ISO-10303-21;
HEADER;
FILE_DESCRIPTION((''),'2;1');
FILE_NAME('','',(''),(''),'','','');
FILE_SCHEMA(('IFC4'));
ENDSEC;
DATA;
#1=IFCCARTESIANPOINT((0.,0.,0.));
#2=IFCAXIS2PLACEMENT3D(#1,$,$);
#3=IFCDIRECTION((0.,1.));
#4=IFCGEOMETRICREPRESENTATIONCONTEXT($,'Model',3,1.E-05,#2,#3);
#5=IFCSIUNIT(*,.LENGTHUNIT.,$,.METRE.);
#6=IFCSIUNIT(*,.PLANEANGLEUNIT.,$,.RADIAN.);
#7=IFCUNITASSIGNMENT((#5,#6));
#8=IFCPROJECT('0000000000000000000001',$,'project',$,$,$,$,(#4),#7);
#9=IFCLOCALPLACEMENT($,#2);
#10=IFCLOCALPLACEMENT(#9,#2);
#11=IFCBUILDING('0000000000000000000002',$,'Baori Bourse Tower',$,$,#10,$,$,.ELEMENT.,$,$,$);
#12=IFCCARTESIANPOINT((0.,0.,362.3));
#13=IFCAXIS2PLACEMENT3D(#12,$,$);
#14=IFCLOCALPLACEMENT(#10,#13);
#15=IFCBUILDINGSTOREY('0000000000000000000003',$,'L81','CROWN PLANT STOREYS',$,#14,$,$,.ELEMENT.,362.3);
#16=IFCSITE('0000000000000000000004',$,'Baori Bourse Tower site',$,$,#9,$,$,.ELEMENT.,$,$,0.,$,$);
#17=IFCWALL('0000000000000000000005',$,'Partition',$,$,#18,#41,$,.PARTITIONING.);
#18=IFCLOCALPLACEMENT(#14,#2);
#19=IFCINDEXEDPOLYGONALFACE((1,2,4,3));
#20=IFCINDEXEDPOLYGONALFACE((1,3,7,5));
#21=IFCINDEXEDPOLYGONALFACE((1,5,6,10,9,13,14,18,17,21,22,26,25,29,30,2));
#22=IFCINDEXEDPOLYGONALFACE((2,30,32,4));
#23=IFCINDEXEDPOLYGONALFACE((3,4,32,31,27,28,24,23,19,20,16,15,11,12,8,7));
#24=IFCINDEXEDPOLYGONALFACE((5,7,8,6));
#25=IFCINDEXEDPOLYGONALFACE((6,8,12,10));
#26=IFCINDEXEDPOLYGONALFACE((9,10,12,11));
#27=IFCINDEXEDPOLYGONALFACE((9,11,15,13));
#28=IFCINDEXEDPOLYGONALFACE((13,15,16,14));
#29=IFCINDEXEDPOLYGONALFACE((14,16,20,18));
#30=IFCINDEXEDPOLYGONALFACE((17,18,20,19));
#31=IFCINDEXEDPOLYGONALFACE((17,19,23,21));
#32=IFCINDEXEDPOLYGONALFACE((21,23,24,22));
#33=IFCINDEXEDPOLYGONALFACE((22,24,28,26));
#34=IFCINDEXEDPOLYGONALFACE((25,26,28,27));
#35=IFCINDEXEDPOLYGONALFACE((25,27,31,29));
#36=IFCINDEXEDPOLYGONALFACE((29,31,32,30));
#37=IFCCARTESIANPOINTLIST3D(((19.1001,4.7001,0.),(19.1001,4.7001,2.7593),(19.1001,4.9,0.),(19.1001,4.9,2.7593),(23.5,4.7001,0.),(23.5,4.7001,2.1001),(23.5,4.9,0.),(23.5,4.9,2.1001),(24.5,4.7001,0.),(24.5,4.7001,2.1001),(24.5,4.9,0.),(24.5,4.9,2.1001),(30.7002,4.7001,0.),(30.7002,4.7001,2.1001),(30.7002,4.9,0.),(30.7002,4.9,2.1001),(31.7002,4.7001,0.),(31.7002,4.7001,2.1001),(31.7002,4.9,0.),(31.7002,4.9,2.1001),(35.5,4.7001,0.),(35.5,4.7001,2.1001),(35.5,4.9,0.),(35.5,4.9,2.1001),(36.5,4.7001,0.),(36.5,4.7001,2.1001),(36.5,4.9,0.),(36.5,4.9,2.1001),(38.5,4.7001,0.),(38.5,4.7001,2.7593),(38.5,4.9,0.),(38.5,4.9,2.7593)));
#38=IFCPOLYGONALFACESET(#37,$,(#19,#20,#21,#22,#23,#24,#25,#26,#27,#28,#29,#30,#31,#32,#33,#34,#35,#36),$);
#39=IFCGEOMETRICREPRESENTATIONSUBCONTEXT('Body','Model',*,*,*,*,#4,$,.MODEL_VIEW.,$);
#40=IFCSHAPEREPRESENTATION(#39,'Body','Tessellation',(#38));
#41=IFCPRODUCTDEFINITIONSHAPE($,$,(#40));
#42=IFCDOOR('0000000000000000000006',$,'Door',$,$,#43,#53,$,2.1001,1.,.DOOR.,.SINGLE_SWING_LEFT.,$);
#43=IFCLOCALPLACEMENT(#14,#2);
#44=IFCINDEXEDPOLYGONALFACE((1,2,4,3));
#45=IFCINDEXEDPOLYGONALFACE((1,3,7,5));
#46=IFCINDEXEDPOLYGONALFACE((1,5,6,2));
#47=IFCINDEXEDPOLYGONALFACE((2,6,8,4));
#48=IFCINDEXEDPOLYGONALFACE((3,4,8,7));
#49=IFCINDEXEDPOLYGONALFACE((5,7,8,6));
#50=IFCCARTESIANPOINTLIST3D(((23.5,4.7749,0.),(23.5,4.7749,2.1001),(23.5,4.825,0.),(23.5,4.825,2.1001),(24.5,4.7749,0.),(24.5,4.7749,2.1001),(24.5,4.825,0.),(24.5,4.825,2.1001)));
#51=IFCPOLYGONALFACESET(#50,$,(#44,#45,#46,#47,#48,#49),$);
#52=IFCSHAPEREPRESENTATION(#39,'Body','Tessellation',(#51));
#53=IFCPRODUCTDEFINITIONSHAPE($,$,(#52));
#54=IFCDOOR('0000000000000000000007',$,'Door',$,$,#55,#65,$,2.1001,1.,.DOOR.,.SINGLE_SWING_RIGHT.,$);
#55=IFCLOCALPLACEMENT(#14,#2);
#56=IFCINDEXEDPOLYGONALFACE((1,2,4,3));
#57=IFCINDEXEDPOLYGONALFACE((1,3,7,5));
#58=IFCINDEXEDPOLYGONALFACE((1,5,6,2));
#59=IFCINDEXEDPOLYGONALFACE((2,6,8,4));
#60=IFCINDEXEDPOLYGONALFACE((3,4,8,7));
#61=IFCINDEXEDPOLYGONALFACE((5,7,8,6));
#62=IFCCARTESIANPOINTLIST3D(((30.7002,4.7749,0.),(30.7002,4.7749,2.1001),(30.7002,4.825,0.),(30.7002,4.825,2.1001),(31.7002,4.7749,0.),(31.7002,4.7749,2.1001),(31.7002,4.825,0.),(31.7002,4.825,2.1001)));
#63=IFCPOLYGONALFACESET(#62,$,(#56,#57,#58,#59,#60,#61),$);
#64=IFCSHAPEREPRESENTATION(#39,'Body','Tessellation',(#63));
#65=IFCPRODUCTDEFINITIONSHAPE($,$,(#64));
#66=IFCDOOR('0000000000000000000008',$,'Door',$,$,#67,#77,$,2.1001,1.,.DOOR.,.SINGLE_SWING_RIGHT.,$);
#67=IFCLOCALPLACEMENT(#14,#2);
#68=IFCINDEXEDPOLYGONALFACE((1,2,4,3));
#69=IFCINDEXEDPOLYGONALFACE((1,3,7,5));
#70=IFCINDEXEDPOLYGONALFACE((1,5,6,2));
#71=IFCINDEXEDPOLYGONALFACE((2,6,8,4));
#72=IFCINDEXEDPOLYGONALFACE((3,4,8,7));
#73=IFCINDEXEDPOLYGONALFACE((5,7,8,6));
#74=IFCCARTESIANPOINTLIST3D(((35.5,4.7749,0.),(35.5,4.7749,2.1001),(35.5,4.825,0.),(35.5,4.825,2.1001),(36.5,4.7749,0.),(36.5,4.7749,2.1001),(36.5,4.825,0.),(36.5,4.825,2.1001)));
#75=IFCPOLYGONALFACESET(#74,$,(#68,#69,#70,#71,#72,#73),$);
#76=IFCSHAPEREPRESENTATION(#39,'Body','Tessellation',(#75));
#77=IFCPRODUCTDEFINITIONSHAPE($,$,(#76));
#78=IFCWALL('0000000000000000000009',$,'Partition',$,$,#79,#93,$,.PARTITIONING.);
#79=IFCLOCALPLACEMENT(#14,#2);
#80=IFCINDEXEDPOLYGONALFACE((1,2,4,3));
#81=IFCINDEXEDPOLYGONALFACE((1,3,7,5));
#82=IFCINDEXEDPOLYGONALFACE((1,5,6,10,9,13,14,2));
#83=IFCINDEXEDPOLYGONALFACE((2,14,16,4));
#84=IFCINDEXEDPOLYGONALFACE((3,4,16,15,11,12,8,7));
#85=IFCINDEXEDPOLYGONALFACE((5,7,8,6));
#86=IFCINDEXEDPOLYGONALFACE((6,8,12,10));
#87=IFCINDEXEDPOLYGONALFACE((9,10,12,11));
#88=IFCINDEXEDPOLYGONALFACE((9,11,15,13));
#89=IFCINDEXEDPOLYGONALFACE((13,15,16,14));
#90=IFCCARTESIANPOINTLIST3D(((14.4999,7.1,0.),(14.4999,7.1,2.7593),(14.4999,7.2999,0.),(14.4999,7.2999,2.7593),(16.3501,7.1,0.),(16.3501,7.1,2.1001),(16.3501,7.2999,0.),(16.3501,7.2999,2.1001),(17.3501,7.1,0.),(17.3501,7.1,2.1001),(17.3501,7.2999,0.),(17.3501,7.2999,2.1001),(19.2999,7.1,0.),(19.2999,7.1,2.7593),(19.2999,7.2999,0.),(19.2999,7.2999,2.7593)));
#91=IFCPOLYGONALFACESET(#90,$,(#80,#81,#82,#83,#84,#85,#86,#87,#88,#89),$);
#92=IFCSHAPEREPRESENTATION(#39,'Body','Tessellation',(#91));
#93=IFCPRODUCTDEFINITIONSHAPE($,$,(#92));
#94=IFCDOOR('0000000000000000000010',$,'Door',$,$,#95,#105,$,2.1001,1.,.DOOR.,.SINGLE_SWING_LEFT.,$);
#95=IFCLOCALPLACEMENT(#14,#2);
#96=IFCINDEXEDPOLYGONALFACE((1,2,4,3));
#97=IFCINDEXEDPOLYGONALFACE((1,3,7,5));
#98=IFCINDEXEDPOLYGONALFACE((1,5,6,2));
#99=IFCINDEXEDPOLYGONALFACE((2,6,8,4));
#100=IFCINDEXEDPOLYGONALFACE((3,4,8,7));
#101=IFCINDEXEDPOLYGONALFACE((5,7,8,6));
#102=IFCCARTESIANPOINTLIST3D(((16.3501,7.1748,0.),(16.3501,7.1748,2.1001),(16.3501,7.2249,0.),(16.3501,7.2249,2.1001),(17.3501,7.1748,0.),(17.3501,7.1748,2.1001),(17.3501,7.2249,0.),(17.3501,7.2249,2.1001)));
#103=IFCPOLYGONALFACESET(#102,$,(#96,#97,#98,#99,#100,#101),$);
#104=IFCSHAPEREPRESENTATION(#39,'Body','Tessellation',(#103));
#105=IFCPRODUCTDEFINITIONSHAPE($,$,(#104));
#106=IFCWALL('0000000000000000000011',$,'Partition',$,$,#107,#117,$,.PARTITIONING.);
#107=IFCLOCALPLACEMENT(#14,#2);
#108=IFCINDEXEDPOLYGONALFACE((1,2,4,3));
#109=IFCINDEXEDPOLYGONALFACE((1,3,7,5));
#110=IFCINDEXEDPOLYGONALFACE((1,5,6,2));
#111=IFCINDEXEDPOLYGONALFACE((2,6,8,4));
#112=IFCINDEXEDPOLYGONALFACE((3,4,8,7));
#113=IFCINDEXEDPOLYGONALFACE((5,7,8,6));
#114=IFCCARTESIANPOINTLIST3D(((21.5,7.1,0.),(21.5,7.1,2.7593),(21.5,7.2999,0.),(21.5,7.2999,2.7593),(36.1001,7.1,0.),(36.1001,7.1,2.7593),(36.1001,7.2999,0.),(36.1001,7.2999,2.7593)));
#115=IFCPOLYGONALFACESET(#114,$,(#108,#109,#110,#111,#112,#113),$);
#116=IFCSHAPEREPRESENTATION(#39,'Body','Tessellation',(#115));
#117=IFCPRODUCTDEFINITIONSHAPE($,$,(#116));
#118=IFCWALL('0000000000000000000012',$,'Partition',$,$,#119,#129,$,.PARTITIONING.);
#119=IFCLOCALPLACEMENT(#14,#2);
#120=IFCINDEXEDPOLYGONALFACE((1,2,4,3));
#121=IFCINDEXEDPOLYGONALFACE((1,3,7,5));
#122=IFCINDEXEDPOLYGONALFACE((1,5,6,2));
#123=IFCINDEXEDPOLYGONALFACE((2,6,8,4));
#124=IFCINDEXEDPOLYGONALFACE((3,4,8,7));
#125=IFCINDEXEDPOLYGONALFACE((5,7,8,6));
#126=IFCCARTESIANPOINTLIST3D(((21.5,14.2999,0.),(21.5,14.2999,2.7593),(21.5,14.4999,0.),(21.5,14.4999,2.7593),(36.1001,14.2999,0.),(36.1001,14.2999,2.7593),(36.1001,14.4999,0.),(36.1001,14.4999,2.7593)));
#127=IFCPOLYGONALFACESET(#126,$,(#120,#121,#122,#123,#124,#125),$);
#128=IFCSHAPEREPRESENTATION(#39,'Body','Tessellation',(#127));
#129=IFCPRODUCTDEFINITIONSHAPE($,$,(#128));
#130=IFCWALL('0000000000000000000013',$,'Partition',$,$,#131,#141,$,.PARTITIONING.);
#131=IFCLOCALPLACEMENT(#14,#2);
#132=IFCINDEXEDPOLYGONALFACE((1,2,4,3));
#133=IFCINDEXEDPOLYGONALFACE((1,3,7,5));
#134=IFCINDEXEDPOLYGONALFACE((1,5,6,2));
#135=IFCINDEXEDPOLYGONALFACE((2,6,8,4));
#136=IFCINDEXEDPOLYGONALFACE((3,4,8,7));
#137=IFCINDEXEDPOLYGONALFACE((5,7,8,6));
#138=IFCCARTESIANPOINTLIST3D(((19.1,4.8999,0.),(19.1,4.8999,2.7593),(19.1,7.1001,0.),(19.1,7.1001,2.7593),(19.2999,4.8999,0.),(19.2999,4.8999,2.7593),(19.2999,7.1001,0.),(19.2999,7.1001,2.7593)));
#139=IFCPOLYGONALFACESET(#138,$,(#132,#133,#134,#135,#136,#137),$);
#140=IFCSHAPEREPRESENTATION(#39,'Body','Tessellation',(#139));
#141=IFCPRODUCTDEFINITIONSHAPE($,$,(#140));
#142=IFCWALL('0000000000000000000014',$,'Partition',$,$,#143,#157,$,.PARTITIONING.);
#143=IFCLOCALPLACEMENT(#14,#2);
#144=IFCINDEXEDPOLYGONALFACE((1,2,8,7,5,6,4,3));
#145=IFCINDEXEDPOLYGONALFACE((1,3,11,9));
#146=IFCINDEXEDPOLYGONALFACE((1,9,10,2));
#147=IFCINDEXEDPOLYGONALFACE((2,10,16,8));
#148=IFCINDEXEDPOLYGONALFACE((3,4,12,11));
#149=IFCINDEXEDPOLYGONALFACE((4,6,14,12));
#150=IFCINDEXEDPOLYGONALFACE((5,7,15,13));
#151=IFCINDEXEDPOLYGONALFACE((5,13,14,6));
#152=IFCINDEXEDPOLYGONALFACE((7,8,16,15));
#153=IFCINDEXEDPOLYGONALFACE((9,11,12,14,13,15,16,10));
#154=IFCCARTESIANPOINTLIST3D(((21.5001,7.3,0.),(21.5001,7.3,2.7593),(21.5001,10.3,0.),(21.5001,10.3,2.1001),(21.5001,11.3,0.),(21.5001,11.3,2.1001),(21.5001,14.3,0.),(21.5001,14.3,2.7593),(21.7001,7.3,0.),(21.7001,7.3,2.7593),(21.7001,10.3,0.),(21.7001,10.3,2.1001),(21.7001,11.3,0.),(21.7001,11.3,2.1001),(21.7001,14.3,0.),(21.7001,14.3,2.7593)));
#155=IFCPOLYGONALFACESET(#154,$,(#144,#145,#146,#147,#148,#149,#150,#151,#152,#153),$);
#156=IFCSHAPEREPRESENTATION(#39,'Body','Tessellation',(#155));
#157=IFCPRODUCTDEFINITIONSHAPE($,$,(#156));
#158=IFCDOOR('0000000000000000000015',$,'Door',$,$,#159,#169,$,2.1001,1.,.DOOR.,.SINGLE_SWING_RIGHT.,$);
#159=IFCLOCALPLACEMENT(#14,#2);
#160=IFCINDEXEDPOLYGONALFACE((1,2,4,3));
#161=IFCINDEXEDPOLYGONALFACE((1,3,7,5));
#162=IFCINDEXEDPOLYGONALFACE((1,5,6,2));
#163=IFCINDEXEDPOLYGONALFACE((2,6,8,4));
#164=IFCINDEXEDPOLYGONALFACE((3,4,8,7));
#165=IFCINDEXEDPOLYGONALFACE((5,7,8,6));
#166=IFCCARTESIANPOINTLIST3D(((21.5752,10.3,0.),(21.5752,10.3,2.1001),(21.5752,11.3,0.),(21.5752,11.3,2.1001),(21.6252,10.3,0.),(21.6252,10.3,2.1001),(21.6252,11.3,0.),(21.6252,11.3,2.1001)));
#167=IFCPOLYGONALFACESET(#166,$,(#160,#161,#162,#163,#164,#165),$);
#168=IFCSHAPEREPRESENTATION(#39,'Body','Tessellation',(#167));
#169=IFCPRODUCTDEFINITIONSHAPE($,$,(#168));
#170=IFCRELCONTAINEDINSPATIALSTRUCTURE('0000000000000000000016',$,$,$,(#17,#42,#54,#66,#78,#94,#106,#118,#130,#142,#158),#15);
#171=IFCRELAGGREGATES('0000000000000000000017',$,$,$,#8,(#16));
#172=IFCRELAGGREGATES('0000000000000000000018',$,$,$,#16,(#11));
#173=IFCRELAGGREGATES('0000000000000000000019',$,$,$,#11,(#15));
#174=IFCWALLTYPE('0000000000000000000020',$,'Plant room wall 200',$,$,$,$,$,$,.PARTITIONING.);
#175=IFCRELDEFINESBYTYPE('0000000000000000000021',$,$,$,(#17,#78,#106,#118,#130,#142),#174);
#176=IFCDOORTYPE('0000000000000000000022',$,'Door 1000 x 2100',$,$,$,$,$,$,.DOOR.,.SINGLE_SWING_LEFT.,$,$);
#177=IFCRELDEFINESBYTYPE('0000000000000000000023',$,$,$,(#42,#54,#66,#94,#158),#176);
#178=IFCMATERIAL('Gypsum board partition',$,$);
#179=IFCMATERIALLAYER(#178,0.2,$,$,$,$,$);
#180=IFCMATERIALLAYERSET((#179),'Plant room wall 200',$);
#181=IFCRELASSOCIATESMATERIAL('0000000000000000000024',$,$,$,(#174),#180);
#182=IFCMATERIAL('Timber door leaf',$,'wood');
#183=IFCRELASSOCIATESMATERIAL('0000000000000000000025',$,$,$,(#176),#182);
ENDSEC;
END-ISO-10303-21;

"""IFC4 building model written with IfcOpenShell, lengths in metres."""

from ifc_helpers import new_model, si_unit, direction, frame, frame_2d, origin, place, context, subcontext, project, spatial, rectangle, extrude, material, layer, layer_set, type_object, element, fill, save


model = new_model("IFC4")

# Units and contexts
model_context = context("Model", 3, precision=1e-05, world=origin(), true_north=direction((0.0, 1.0)))
body_context = subcontext(model_context, "Body", "Model", "MODEL_VIEW")
ifc_project = project(units=[si_unit("LENGTHUNIT", "METRE"), si_unit("PLANEANGLEUNIT", "RADIAN")], contexts=[model_context])

# Site, building, storey
site_placement = place(None, origin())
site = spatial("IfcSite", under=ifc_project, at=site_placement, Name="Baori Bourse Tower site", CompositionType="ELEMENT", RefElevation=0.0)
building_placement = place(site_placement, origin())
building = spatial("IfcBuilding", under=site, at=building_placement, Name="Baori Bourse Tower", CompositionType="ELEMENT")
storey_placement = place(building_placement, frame((0.0, 0.0, 362.3)))
storey = spatial("IfcBuildingStorey", under=building, at=storey_placement, Name="L81", Description="CROWN PLANT STOREYS", CompositionType="ELEMENT", Elevation=362.3)

# Wall, openings, doors
ifc_material_1 = material(Name="Gypsum board partition")
ifc_layer_1 = layer(ifc_material_1, 0.2)
ifc_layer_set_1 = layer_set([ifc_layer_1], Name="Plant room wall 200")
wall_type_1 = type_object("IfcWallType", Name="Plant room wall 200", PredefinedType="PARTITIONING", material=ifc_layer_set_1)
wall_1_placement = place(storey_placement, frame((19.1001, 4.8, 0.0), z_axis=(0.0, 0.0, 1.0), x_axis=(1.0, 0.0, 0.0)))
wall_1 = element("IfcWall", 1, at=wall_1_placement, inside=storey, type_object=wall_type_1, Name="Partition", PredefinedType="PARTITIONING", context=body_context, shape_type="SweptSolid", body=[
    extrude(rectangle(XDim=19.3999, YDim=0.2, at=frame_2d((9.7, 0.0))), origin(), (0.0, 0.0, 1.0), 2.7593),
])
opening_1_placement = place(wall_1_placement, frame((4.3999, 0.0, 0.0)))
opening_1 = element("IfcOpeningElement", 2, at=opening_1_placement, cuts=wall_1, PredefinedType="OPENING", context=body_context, shape_type="SweptSolid", body=[
    extrude(rectangle(XDim=1.0, YDim=2.1001, at=frame_2d((0.5, 1.05))), frame((0.0, 0.1099, 0.0), z_axis=(0.0, -1.0, 0.0), x_axis=(1.0, 0.0, 0.0)), (0.0, 0.0, 1.0), 0.22),
])
opening_2_placement = place(wall_1_placement, frame((11.6001, 0.0, 0.0)))
opening_2 = element("IfcOpeningElement", 3, at=opening_2_placement, cuts=wall_1, PredefinedType="OPENING", context=body_context, shape_type="SweptSolid", body=[
    extrude(rectangle(XDim=1.0, YDim=2.1001, at=frame_2d((0.5, 1.05))), frame((0.0, 0.1099, 0.0), z_axis=(0.0, -1.0, 0.0), x_axis=(1.0, 0.0, 0.0)), (0.0, 0.0, 1.0), 0.22),
])
opening_3_placement = place(wall_1_placement, frame((16.3999, 0.0, 0.0)))
opening_3 = element("IfcOpeningElement", 4, at=opening_3_placement, cuts=wall_1, PredefinedType="OPENING", context=body_context, shape_type="SweptSolid", body=[
    extrude(rectangle(XDim=1.0, YDim=2.1001, at=frame_2d((0.5, 1.05))), frame((0.0, 0.1099, 0.0), z_axis=(0.0, -1.0, 0.0), x_axis=(1.0, 0.0, 0.0)), (0.0, 0.0, 1.0), 0.22),
])
ifc_material_2 = material(Name="Timber door leaf", Category="wood")
door_type_1 = type_object("IfcDoorType", Name="Door 1000 x 2100", OperationType="SINGLE_SWING_LEFT", PredefinedType="DOOR", material=ifc_material_2)
door_1_placement = place(opening_1_placement, origin())
door_1 = element("IfcDoor", 5, at=door_1_placement, inside=storey, type_object=door_type_1, Name="Door", OperationType="SINGLE_SWING_LEFT", OverallHeight=2.1001, OverallWidth=1.0, PredefinedType="DOOR", context=body_context, shape_type="SweptSolid", body=[
    extrude(rectangle(XDim=1.0, YDim=2.1001, at=frame_2d((0.5, 1.05))), frame((0.0, 0.0249, 0.0), z_axis=(0.0, -1.0, 0.0), x_axis=(1.0, 0.0, 0.0)), (0.0, 0.0, 1.0), 0.05),
])
fill(opening_1, door_1)
door_2_placement = place(opening_2_placement, origin())
door_2 = element("IfcDoor", 6, at=door_2_placement, inside=storey, type_object=door_type_1, Name="Door", OperationType="SINGLE_SWING_RIGHT", OverallHeight=2.1001, OverallWidth=1.0, PredefinedType="DOOR", context=body_context, shape_type="SweptSolid", body=[
    extrude(rectangle(XDim=1.0, YDim=2.1001, at=frame_2d((0.5, 1.05))), frame((0.0, 0.0249, 0.0), z_axis=(0.0, -1.0, 0.0), x_axis=(1.0, 0.0, 0.0)), (0.0, 0.0, 1.0), 0.05),
])
fill(opening_2, door_2)
door_3_placement = place(opening_3_placement, origin())
door_3 = element("IfcDoor", 7, at=door_3_placement, inside=storey, type_object=door_type_1, Name="Door", OperationType="SINGLE_SWING_RIGHT", OverallHeight=2.1001, OverallWidth=1.0, PredefinedType="DOOR", context=body_context, shape_type="SweptSolid", body=[
    extrude(rectangle(XDim=1.0, YDim=2.1001, at=frame_2d((0.5, 1.05))), frame((0.0, 0.0249, 0.0), z_axis=(0.0, -1.0, 0.0), x_axis=(1.0, 0.0, 0.0)), (0.0, 0.0, 1.0), 0.05),
])
fill(opening_3, door_3)

# Wall, opening, door
wall_2_placement = place(storey_placement, frame((14.5, 7.2, 0.0), z_axis=(0.0, 0.0, 1.0), x_axis=(1.0, 0.0, 0.0)))
wall_2 = element("IfcWall", 8, at=wall_2_placement, inside=storey, type_object=wall_type_1, Name="Partition", PredefinedType="PARTITIONING", context=body_context, shape_type="SweptSolid", body=[
    extrude(rectangle(XDim=4.8, YDim=0.2, at=frame_2d((2.3999, 0.0))), origin(), (0.0, 0.0, 1.0), 2.7593),
])
opening_4_placement = place(wall_2_placement, frame((1.8501, 0.0, 0.0)))
opening_4 = element("IfcOpeningElement", 9, at=opening_4_placement, cuts=wall_2, PredefinedType="OPENING", context=body_context, shape_type="SweptSolid", body=[
    extrude(rectangle(XDim=1.0, YDim=2.1001, at=frame_2d((0.5, 1.05))), frame((0.0, 0.1099, 0.0), z_axis=(0.0, -1.0, 0.0), x_axis=(1.0, 0.0, 0.0)), (0.0, 0.0, 1.0), 0.22),
])
door_4_placement = place(opening_4_placement, origin())
door_4 = element("IfcDoor", 10, at=door_4_placement, inside=storey, type_object=door_type_1, Name="Door", OperationType="SINGLE_SWING_LEFT", OverallHeight=2.1001, OverallWidth=1.0, PredefinedType="DOOR", context=body_context, shape_type="SweptSolid", body=[
    extrude(rectangle(XDim=1.0, YDim=2.1001, at=frame_2d((0.5, 1.05))), frame((0.0, 0.0249, 0.0), z_axis=(0.0, -1.0, 0.0), x_axis=(1.0, 0.0, 0.0)), (0.0, 0.0, 1.0), 0.05),
])
fill(opening_4, door_4)

# Walls
for number, where, z_axis, x_axis, name in (
    (11, (21.5, 7.2, 0.0), (0.0, 0.0, 1.0), (1.0, 0.0, 0.0), "Partition"),
    (12, (21.5, 14.3999, 0.0), (0.0, 0.0, 1.0), (1.0, 0.0, 0.0), "Partition"),
):
    element("IfcWall", number, at=place(storey_placement, frame(where, z_axis=z_axis, x_axis=x_axis)), inside=storey, type_object=wall_type_1, Name=name, PredefinedType="PARTITIONING", context=body_context, shape_type="SweptSolid", body=[
        extrude(rectangle(XDim=14.6001, YDim=0.2, at=frame_2d((7.3, 0.0))), origin(), (0.0, 0.0, 1.0), 2.7593),
    ])
wall_3_placement = place(storey_placement, frame((19.2, 4.8999, 0.0), z_axis=(0.0, 0.0, 1.0), x_axis=(0.0, 1.0, 0.0)))
element("IfcWall", 13, at=wall_3_placement, inside=storey, type_object=wall_type_1, Name="Partition", PredefinedType="PARTITIONING", context=body_context, shape_type="SweptSolid", body=[
    extrude(rectangle(XDim=2.2002, YDim=0.2, at=frame_2d((1.1001, 0.0))), origin(), (0.0, 0.0, 1.0), 2.7593),
])

# Wall, opening, door
wall_4_placement = place(storey_placement, frame((21.6001, 7.3, 0.0), z_axis=(0.0, 0.0, 1.0), x_axis=(0.0, 1.0, 0.0)))
wall_4 = element("IfcWall", 14, at=wall_4_placement, inside=storey, type_object=wall_type_1, Name="Partition", PredefinedType="PARTITIONING", context=body_context, shape_type="SweptSolid", body=[
    extrude(rectangle(XDim=7.0, YDim=0.2, at=frame_2d((3.5, 0.0))), origin(), (0.0, 0.0, 1.0), 2.7593),
])
opening_5_placement = place(wall_4_placement, frame((3.0, 0.0, 0.0)))
opening_5 = element("IfcOpeningElement", 15, at=opening_5_placement, cuts=wall_4, PredefinedType="OPENING", context=body_context, shape_type="SweptSolid", body=[
    extrude(rectangle(XDim=1.0, YDim=2.1001, at=frame_2d((0.5, 1.05))), frame((0.0, 0.1099, 0.0), z_axis=(0.0, -1.0, 0.0), x_axis=(1.0, 0.0, 0.0)), (0.0, 0.0, 1.0), 0.22),
])
door_5_placement = place(opening_5_placement, origin())
door_5 = element("IfcDoor", 16, at=door_5_placement, inside=storey, type_object=door_type_1, Name="Door", OperationType="SINGLE_SWING_RIGHT", OverallHeight=2.1001, OverallWidth=1.0, PredefinedType="DOOR", context=body_context, shape_type="SweptSolid", body=[
    extrude(rectangle(XDim=1.0, YDim=2.1001, at=frame_2d((0.5, 1.05))), frame((0.0, 0.0249, 0.0), z_axis=(0.0, -1.0, 0.0), x_axis=(1.0, 0.0, 0.0)), (0.0, 0.0, 1.0), 0.05),
])
fill(opening_5, door_5)

save(model, "model.ifc")
